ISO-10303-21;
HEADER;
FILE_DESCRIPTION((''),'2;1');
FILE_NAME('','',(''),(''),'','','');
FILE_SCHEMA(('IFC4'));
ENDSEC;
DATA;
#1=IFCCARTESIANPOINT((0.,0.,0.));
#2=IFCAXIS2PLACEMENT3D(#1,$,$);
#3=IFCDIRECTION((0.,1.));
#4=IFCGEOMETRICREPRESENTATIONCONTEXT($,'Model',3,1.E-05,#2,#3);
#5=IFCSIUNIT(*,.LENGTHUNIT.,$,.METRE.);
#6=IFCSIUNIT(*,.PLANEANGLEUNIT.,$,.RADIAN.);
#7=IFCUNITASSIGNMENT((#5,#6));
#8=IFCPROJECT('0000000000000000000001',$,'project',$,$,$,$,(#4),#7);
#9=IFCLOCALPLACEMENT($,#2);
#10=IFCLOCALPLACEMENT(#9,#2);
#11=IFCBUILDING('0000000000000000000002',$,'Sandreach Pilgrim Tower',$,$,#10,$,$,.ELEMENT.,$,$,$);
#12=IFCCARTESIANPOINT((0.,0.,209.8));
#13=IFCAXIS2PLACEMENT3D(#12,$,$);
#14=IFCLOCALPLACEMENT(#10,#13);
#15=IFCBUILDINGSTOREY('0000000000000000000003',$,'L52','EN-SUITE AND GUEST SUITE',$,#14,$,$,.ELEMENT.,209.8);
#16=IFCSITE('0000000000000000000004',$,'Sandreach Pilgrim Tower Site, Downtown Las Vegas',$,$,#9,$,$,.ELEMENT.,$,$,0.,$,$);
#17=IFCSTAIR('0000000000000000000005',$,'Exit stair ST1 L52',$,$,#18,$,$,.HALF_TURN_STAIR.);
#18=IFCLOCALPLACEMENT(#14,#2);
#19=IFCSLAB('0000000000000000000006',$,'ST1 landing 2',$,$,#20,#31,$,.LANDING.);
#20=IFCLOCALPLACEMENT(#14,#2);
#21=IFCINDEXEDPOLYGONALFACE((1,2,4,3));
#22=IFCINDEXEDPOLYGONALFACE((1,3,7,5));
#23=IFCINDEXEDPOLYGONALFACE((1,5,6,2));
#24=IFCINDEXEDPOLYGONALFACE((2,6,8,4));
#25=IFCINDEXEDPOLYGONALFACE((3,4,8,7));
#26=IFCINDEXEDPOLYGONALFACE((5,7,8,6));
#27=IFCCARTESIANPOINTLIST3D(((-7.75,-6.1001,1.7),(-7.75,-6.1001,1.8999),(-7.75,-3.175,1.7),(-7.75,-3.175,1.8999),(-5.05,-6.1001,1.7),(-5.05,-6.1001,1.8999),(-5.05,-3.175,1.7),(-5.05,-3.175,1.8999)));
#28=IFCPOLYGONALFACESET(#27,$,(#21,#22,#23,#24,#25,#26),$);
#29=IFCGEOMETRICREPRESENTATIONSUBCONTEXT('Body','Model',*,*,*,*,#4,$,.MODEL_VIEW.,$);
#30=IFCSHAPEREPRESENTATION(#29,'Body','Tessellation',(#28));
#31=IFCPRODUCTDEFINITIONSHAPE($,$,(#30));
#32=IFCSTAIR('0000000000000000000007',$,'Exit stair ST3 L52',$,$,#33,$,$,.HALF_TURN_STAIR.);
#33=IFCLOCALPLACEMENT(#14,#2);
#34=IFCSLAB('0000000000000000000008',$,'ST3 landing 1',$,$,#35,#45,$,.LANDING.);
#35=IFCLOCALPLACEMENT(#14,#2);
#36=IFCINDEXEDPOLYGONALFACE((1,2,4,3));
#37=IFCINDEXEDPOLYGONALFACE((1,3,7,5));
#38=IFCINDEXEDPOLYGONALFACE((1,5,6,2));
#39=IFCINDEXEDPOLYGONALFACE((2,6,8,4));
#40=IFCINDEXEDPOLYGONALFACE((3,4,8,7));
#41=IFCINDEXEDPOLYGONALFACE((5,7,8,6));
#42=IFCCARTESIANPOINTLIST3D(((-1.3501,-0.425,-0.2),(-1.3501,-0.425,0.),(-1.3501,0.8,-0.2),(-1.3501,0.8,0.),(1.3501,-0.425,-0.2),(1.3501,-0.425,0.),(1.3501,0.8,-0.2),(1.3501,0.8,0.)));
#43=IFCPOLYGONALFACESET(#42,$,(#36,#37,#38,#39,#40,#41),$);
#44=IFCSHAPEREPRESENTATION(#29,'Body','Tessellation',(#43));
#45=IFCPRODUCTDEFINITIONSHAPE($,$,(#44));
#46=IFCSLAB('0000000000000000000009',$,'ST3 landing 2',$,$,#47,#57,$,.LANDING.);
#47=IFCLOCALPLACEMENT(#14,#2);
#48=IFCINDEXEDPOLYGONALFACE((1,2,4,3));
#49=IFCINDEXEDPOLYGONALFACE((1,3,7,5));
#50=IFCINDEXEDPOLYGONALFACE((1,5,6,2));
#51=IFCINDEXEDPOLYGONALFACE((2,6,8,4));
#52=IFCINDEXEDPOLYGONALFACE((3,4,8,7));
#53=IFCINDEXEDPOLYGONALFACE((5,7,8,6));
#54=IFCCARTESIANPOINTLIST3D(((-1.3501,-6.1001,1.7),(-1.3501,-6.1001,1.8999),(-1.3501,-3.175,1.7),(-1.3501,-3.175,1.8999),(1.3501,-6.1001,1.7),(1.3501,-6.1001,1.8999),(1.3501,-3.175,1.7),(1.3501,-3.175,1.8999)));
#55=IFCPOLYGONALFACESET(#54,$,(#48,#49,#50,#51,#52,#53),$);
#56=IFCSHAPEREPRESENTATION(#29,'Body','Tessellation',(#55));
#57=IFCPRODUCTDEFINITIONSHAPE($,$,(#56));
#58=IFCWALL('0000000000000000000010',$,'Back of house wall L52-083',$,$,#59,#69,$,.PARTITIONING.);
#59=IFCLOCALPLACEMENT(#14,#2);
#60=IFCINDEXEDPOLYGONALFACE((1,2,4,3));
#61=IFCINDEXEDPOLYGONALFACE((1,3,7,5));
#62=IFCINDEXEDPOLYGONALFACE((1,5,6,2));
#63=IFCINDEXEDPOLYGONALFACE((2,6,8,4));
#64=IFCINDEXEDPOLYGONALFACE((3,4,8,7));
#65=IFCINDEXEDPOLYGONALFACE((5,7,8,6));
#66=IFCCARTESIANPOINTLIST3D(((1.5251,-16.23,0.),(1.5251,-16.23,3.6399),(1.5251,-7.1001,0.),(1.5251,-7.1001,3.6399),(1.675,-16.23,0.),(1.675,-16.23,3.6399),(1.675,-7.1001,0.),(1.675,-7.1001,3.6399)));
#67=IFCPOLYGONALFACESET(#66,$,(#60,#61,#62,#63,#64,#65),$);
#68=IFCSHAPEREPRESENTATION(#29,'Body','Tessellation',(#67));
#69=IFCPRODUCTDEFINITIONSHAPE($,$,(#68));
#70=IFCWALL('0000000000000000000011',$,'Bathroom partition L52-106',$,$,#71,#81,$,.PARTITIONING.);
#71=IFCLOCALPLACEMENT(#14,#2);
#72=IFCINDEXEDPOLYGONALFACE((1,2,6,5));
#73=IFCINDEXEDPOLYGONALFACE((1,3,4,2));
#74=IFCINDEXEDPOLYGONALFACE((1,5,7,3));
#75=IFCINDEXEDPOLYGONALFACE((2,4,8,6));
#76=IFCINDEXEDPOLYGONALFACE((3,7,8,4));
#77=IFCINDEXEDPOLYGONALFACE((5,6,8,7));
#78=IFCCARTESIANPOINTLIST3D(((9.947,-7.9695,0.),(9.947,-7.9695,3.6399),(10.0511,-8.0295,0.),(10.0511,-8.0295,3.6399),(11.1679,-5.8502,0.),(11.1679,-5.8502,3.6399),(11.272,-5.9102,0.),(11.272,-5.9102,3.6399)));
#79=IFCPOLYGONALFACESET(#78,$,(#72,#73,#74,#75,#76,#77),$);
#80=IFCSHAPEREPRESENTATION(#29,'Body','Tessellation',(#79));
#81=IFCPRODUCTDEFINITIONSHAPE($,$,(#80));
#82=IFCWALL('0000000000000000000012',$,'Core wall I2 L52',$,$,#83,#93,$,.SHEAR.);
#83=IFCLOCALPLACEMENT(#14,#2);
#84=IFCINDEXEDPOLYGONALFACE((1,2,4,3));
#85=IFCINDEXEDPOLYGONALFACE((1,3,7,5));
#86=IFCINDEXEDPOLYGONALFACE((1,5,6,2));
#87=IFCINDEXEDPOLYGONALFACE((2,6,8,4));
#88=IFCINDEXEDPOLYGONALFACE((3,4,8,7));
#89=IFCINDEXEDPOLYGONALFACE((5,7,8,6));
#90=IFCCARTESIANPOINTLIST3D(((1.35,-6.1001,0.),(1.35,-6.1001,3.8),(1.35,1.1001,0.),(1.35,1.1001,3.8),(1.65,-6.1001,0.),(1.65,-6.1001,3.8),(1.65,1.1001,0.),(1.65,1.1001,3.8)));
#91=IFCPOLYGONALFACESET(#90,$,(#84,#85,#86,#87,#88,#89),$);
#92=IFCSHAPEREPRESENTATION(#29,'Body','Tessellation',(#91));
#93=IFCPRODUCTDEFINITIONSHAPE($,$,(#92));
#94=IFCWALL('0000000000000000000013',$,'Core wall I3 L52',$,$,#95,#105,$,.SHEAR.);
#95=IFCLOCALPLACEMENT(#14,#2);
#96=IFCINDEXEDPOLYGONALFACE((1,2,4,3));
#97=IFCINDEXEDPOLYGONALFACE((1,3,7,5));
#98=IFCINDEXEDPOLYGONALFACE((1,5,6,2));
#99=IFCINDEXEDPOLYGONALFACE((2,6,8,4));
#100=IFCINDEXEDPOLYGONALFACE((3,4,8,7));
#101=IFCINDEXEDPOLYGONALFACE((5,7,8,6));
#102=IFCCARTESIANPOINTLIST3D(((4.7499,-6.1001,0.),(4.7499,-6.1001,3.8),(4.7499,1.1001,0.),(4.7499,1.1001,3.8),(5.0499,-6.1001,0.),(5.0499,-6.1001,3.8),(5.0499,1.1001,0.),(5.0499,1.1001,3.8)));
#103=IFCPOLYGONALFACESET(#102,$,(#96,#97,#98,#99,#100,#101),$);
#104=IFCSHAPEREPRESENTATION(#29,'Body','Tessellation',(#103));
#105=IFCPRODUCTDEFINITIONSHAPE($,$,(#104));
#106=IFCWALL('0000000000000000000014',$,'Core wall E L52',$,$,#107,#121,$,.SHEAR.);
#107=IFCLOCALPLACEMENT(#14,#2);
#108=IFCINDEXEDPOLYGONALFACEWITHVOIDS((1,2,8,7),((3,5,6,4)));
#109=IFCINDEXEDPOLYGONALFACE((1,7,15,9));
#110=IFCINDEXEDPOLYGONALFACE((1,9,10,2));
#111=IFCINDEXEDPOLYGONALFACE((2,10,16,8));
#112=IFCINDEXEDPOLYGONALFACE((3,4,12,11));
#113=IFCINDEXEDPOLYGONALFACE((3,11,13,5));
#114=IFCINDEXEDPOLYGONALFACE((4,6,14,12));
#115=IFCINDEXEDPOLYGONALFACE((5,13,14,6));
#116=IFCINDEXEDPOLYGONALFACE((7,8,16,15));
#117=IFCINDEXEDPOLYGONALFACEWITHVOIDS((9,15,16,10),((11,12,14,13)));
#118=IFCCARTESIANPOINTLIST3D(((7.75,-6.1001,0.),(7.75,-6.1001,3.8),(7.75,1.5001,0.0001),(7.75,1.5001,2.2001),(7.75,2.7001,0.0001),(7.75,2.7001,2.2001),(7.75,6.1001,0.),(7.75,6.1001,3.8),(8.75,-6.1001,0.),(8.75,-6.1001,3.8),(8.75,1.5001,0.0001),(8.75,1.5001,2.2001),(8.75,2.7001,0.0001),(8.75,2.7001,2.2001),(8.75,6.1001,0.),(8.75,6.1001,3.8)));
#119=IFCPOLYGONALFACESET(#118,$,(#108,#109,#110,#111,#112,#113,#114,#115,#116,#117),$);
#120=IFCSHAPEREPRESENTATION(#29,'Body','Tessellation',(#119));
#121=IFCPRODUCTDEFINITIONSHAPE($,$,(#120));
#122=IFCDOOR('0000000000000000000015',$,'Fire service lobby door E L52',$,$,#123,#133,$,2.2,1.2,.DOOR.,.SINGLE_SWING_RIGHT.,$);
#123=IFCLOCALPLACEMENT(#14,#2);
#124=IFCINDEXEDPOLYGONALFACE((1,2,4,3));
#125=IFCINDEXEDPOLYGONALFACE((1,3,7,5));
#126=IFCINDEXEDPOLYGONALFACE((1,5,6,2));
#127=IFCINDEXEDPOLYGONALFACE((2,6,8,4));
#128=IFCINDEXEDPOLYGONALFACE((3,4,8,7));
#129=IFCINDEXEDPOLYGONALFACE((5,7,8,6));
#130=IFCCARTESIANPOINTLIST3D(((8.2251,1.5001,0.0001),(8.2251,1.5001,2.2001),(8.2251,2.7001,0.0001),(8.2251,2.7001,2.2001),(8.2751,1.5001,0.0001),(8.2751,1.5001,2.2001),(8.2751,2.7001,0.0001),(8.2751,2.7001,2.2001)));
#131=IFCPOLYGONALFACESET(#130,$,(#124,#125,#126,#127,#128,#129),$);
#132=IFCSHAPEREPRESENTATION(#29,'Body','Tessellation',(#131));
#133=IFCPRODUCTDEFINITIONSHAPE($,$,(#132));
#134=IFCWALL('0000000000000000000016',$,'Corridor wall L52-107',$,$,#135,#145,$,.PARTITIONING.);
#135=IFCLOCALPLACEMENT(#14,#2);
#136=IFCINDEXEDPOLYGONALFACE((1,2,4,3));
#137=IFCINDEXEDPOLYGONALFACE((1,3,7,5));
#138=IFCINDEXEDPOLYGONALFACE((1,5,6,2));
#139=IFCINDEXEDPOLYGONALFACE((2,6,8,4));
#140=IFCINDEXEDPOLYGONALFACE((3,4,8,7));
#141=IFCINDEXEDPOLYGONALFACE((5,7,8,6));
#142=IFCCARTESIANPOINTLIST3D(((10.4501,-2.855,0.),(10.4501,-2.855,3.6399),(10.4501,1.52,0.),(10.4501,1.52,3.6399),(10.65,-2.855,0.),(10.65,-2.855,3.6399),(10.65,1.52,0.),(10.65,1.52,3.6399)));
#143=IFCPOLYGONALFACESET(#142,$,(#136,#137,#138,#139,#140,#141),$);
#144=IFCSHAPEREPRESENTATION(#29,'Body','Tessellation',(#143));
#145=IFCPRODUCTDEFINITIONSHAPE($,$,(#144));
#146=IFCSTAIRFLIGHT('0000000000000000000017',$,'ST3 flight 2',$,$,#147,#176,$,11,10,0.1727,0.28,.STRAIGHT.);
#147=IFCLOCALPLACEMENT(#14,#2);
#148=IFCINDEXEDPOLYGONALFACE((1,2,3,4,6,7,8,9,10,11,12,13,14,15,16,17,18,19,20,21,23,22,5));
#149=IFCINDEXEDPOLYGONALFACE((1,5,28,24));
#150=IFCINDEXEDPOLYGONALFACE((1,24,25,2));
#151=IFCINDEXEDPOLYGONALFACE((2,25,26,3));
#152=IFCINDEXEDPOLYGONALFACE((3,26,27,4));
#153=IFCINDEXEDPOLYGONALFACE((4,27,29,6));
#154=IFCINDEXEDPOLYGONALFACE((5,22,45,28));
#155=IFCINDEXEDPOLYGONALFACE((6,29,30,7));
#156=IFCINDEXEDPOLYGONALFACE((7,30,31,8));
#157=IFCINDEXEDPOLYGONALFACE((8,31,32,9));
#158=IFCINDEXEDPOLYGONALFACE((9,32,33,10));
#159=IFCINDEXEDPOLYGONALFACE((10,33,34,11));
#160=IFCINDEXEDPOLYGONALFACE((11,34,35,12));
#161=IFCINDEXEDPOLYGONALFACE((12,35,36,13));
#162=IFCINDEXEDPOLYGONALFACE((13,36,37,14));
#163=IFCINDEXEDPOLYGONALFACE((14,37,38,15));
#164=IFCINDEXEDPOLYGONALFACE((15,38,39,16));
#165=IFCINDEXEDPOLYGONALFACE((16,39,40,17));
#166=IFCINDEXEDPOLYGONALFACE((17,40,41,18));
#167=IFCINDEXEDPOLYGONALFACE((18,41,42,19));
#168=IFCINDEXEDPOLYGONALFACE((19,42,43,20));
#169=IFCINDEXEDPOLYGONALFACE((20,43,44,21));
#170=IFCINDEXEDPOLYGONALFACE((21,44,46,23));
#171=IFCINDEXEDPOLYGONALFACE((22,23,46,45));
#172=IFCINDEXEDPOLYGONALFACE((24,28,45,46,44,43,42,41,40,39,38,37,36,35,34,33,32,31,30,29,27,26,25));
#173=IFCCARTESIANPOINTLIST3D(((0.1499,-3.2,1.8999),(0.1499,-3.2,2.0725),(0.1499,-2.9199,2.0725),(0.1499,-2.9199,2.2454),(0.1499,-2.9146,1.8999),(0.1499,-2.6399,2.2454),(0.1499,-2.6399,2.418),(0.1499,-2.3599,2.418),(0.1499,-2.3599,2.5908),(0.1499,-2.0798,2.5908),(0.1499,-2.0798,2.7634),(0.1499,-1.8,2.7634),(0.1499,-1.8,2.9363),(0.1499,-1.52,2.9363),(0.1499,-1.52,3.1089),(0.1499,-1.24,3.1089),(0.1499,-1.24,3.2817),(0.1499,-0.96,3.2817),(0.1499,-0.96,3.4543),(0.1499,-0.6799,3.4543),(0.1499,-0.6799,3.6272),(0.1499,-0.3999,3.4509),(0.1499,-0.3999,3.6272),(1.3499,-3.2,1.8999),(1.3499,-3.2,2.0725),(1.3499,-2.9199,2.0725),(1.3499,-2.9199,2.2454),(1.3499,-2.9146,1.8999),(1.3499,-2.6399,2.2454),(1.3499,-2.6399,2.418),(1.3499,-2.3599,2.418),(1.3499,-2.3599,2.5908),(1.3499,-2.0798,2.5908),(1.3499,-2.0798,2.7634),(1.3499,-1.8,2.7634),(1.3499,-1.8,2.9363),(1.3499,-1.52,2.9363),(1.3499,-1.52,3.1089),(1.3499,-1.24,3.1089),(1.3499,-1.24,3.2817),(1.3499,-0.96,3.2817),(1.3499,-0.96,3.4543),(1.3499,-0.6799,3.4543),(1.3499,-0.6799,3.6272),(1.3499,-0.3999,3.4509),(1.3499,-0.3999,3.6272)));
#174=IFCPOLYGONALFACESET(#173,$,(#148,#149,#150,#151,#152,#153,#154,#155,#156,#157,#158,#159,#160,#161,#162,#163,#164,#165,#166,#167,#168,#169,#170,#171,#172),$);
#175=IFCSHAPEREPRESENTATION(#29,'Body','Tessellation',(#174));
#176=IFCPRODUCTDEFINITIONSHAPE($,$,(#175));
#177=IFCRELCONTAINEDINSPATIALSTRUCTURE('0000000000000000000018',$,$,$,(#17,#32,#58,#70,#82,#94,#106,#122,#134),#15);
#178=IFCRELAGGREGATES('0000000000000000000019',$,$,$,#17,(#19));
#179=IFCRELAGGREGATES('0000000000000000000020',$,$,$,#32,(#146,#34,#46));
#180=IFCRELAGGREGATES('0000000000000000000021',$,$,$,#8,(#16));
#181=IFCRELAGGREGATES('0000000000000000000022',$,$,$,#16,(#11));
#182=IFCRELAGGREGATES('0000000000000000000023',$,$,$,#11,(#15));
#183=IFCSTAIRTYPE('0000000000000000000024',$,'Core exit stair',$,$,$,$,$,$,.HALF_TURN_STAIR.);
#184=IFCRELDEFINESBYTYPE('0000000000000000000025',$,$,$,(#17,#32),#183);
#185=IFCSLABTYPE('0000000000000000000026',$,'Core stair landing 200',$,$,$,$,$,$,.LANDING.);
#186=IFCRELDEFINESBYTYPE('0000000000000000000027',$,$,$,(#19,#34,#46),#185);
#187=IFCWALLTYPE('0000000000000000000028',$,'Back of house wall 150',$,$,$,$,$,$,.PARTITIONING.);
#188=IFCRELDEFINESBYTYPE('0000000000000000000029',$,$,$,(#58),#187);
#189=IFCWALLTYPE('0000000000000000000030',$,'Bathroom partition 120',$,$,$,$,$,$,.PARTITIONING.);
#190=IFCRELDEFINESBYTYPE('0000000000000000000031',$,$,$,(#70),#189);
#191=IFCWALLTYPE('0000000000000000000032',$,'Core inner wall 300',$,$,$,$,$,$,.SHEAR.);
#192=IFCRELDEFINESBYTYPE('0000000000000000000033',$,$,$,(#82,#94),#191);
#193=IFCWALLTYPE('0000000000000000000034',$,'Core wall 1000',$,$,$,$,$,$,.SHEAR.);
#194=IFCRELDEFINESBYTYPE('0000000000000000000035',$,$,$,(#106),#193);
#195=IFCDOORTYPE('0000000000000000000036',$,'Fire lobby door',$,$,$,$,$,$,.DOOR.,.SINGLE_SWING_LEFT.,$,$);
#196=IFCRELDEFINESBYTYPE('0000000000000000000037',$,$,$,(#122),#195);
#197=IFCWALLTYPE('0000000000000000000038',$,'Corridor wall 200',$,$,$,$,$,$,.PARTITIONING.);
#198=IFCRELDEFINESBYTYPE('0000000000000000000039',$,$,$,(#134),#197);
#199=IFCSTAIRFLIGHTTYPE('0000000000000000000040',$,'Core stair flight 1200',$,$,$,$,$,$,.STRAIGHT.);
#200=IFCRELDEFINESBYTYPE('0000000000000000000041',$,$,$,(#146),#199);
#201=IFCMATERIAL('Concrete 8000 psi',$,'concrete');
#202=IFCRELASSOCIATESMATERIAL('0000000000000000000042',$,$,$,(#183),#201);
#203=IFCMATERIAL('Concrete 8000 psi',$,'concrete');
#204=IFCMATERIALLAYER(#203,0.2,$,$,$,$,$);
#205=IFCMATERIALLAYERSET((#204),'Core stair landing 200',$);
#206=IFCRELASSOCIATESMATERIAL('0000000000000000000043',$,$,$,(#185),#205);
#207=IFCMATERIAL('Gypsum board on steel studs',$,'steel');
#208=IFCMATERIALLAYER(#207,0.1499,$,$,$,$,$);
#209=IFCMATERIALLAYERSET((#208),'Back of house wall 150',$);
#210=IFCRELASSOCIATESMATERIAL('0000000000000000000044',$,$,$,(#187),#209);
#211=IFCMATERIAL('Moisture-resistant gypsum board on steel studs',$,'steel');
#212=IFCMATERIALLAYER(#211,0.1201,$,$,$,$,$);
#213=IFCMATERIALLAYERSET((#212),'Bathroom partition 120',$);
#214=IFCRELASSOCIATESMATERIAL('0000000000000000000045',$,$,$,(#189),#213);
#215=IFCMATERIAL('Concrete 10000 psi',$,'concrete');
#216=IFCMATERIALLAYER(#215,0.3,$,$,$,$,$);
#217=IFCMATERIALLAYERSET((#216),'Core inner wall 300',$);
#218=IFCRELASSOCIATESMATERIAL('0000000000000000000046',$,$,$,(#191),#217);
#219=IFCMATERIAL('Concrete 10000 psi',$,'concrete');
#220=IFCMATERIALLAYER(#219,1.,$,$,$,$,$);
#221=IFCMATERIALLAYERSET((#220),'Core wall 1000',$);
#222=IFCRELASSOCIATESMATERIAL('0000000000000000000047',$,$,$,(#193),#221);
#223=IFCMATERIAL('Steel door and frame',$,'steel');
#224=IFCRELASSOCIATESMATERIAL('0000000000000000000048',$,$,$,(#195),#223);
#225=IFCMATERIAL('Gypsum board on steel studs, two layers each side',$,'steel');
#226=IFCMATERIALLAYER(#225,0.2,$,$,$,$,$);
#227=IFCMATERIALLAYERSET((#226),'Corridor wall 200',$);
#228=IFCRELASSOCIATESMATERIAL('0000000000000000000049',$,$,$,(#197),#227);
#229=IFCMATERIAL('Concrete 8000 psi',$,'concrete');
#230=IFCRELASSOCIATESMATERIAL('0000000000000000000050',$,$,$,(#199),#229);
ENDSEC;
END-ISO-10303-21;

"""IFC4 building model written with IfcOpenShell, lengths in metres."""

from ifc_helpers import new_model, si_unit, direction, frame, frame_2d, origin, place, context, subcontext, project, spatial, polyline, rectangle, outline, extrude, material, layer, layer_set, type_object, element, fill, aggregate, save


model = new_model("IFC4")

# Units and contexts
model_context = context("Model", 3, precision=1e-05, world=origin(), true_north=direction((0.0, 1.0)))
body_context = subcontext(model_context, "Body", "Model", "MODEL_VIEW")
ifc_project = project(units=[si_unit("LENGTHUNIT", "METRE"), si_unit("PLANEANGLEUNIT", "RADIAN")], contexts=[model_context])

# Site, building, storey
site_placement = place(None, origin())
site = spatial("IfcSite", under=ifc_project, at=site_placement, Name="Sandreach Pilgrim Tower Site, Downtown Las Vegas", CompositionType="ELEMENT", RefElevation=0.0)
building_placement = place(site_placement, origin())
building = spatial("IfcBuilding", under=site, at=building_placement, Name="Sandreach Pilgrim Tower", CompositionType="ELEMENT")
storey_placement = place(building_placement, frame((0.0, 0.0, 209.8)))
storey = spatial("IfcBuildingStorey", under=building, at=storey_placement, Name="L52", Description="EN-SUITE AND GUEST SUITE", CompositionType="ELEMENT", Elevation=209.8)

# Stairs, slabs
ifc_material_1 = material(Name="Concrete 8000 psi", Category="concrete")
stair_type = type_object("IfcStairType", Name="Core exit stair", PredefinedType="HALF_TURN_STAIR", material=ifc_material_1)
stair_1_placement = place(storey_placement, origin())
stair_1 = element("IfcStair", 1, at=stair_1_placement, inside=storey, type_object=stair_type, Name="Exit stair ST1 L52", PredefinedType="HALF_TURN_STAIR")
ifc_material_2 = material(Name="Concrete 8000 psi", Category="concrete")
ifc_layer_1 = layer(ifc_material_2, 0.2)
ifc_layer_set_1 = layer_set([ifc_layer_1], Name="Core stair landing 200")
slab_type_1 = type_object("IfcSlabType", Name="Core stair landing 200", PredefinedType="LANDING", material=ifc_layer_set_1)
slab_1_placement = place(storey_placement, frame((0.0, 0.0, 1.7)))
slab_1 = element("IfcSlab", 2, at=slab_1_placement, type_object=slab_type_1, Name="ST1 landing 2", PredefinedType="LANDING", context=body_context, shape_type="SweptSolid", body=[
    extrude(outline(polyline([(-7.75, -6.1001), (-5.05, -6.1001), (-5.05, -3.175), (-7.75, -3.175), (-7.75, -6.1001)])), origin(), (0.0, 0.0, 1.0), 0.2),
])
aggregate(stair_1, [slab_1])
stair_2_placement = place(storey_placement, origin())
stair_2 = element("IfcStair", 3, at=stair_2_placement, inside=storey, type_object=stair_type, Name="Exit stair ST3 L52", PredefinedType="HALF_TURN_STAIR")
slab_2_placement = place(storey_placement, frame((0.0, 0.0, -0.2)))
slab_2 = element("IfcSlab", 4, at=slab_2_placement, type_object=slab_type_1, Name="ST3 landing 1", PredefinedType="LANDING", context=body_context, shape_type="SweptSolid", body=[
    extrude(outline(polyline([(-1.3501, -0.425), (1.3501, -0.425), (1.3501, 0.8), (-1.3501, 0.8), (-1.3501, -0.425)])), origin(), (0.0, 0.0, 1.0), 0.2),
])
slab_3_placement = place(storey_placement, frame((0.0, 0.0, 1.7)))
slab_3 = element("IfcSlab", 5, at=slab_3_placement, type_object=slab_type_1, Name="ST3 landing 2", PredefinedType="LANDING", context=body_context, shape_type="SweptSolid", body=[
    extrude(outline(polyline([(-1.3501, -6.1001), (1.3501, -6.1001), (1.3501, -3.175), (-1.3501, -3.175), (-1.3501, -6.1001)])), origin(), (0.0, 0.0, 1.0), 0.2),
])

# Walls
ifc_material_3 = material(Name="Gypsum board on steel studs", Category="steel")
ifc_layer_2 = layer(ifc_material_3, 0.1499)
ifc_layer_set_2 = layer_set([ifc_layer_2], Name="Back of house wall 150")
wall_type_1 = type_object("IfcWallType", Name="Back of house wall 150", PredefinedType="PARTITIONING", material=ifc_layer_set_2)
wall_1_placement = place(storey_placement, frame((1.6001, -7.1001, 0.0), z_axis=(0.0, 0.0, 1.0), x_axis=(0.0, -1.0, 0.0)))
element("IfcWall", 6, at=wall_1_placement, inside=storey, type_object=wall_type_1, Name="Back of house wall L52-083", PredefinedType="PARTITIONING", context=body_context, shape_type="SweptSolid", body=[
    extrude(rectangle(XDim=9.1299, YDim=0.1499, at=frame_2d((4.5649, 0.0))), origin(), (0.0, 0.0, 1.0), 3.6399),
])
ifc_material_4 = material(Name="Moisture-resistant gypsum board on steel studs", Category="steel")
ifc_layer_3 = layer(ifc_material_4, 0.1201)
ifc_layer_set_3 = layer_set([ifc_layer_3], Name="Bathroom partition 120")
wall_type_2 = type_object("IfcWallType", Name="Bathroom partition 120", PredefinedType="PARTITIONING", material=ifc_layer_set_3)
wall_2_placement = place(storey_placement, frame((9.999, -7.9995, 0.0), z_axis=(0.0, 0.0, 1.0), x_axis=(0.499178, 0.866499, 0.0)))
element("IfcWall", 7, at=wall_2_placement, inside=storey, type_object=wall_type_2, Name="Bathroom partition L52-106", PredefinedType="PARTITIONING", context=body_context, shape_type="SweptSolid", body=[
    extrude(rectangle(XDim=2.4458, YDim=0.1201, at=frame_2d((1.2229, 0.0))), origin(), (0.0, 0.0, 1.0), 3.6399),
])
ifc_material_5 = material(Name="Concrete 10000 psi", Category="concrete")
ifc_layer_4 = layer(ifc_material_5, 0.3)
ifc_layer_set_4 = layer_set([ifc_layer_4], Name="Core inner wall 300")
wall_type_3 = type_object("IfcWallType", Name="Core inner wall 300", PredefinedType="SHEAR", material=ifc_layer_set_4)
for number, where, z_axis, x_axis, name in (
    (8, (1.5, -6.1001, 0.0), (0.0, 0.0, 1.0), (0.0, 1.0, 0.0), "Core wall I2 L52"),
    (9, (4.8999, -6.1001, 0.0), (0.0, 0.0, 1.0), (0.0, 1.0, 0.0), "Core wall I3 L52"),
):
    element("IfcWall", number, at=place(storey_placement, frame(where, z_axis=z_axis, x_axis=x_axis)), inside=storey, type_object=wall_type_3, Name=name, PredefinedType="SHEAR", context=body_context, shape_type="SweptSolid", body=[
        extrude(rectangle(XDim=7.2002, YDim=0.3, at=frame_2d((3.6001, 0.0))), origin(), (0.0, 0.0, 1.0), 3.8),
    ])

# Wall, opening, door
ifc_material_6 = material(Name="Concrete 10000 psi", Category="concrete")
ifc_layer_5 = layer(ifc_material_6, 1.0)
ifc_layer_set_5 = layer_set([ifc_layer_5], Name="Core wall 1000")
wall_type_4 = type_object("IfcWallType", Name="Core wall 1000", PredefinedType="SHEAR", material=ifc_layer_set_5)
wall_3_placement = place(storey_placement, frame((8.25, -6.1001, 0.0), z_axis=(0.0, 0.0, 1.0), x_axis=(0.0, 1.0, 0.0)))
wall_3 = element("IfcWall", 10, at=wall_3_placement, inside=storey, type_object=wall_type_4, Name="Core wall E L52", PredefinedType="SHEAR", context=body_context, shape_type="SweptSolid", body=[
    extrude(rectangle(XDim=12.2002, YDim=1.0, at=frame_2d((6.1001, 0.0))), origin(), (0.0, 0.0, 1.0), 3.8),
])
opening_1_placement = place(wall_3_placement, frame((7.6001, 0.0, 0.0)))
opening_1 = element("IfcOpeningElement", 11, at=opening_1_placement, cuts=wall_3, PredefinedType="OPENING", context=body_context, shape_type="SweptSolid", body=[
    extrude(rectangle(XDim=1.2, YDim=2.2, at=frame_2d((0.6001, 1.1001))), frame((0.0, 0.5, 0.0), z_axis=(0.0, -1.0, 0.0), x_axis=(1.0, 0.0, 0.0)), (0.0, 0.0, 1.0), 1.0),
])
ifc_material_7 = material(Name="Steel door and frame", Category="steel")
door_type_1 = type_object("IfcDoorType", Name="Fire lobby door", OperationType="SINGLE_SWING_LEFT", PredefinedType="DOOR", material=ifc_material_7)
door_1_placement = place(opening_1_placement, origin())
door_1 = element("IfcDoor", 12, at=door_1_placement, inside=storey, type_object=door_type_1, Name="Fire service lobby door E L52", OperationType="SINGLE_SWING_RIGHT", OverallHeight=2.2, OverallWidth=1.2, PredefinedType="DOOR", context=body_context, shape_type="SweptSolid", body=[
    extrude(rectangle(XDim=1.2, YDim=2.2, at=frame_2d((0.6001, 1.1001))), frame((0.0, 0.0249, 0.0), z_axis=(0.0, -1.0, 0.0), x_axis=(1.0, 0.0, 0.0)), (0.0, 0.0, 1.0), 0.05),
])
fill(opening_1, door_1)
ifc_material_8 = material(Name="Gypsum board on steel studs, two layers each side", Category="steel")
ifc_layer_6 = layer(ifc_material_8, 0.2)
ifc_layer_set_6 = layer_set([ifc_layer_6], Name="Corridor wall 200")
wall_type_5 = type_object("IfcWallType", Name="Corridor wall 200", PredefinedType="PARTITIONING", material=ifc_layer_set_6)

# Wall
wall_4_placement = place(storey_placement, frame((10.55, -2.855, 0.0), z_axis=(0.0, 0.0, 1.0), x_axis=(0.0, 1.0, 0.0)))
element("IfcWall", 13, at=wall_4_placement, inside=storey, type_object=wall_type_5, Name="Corridor wall L52-107", PredefinedType="PARTITIONING", context=body_context, shape_type="SweptSolid", body=[
    extrude(rectangle(XDim=4.375, YDim=0.2, at=frame_2d((2.1875, 0.0))), origin(), (0.0, 0.0, 1.0), 3.6399),
])

# Stair flight
ifc_material_9 = material(Name="Concrete 8000 psi", Category="concrete")
stair_flight_type = type_object("IfcStairFlightType", Name="Core stair flight 1200", PredefinedType="STRAIGHT", material=ifc_material_9)
stair_flight_1_placement = place(storey_placement, frame((0.75, -3.2, 1.8999), z_axis=(0.0, 0.0, 1.0), x_axis=(0.0, 1.0, 0.0)))
stair_flight_1 = element("IfcStairFlight", 14, at=stair_flight_1_placement, type_object=stair_flight_type, Name="ST3 flight 2", NumberOfRisers=11, NumberOfTreads=10, PredefinedType="STRAIGHT", RiserHeight=0.1727, TreadLength=0.28, context=body_context, shape_type="SweptSolid", body=[
    extrude(outline(polyline([(0.0, 0.0), (0.0, 0.1726), (0.28, 0.1726), (0.28, 0.3455), (0.5601, 0.3455), (0.5601, 0.5181), (0.8401, 0.5181), (0.8401, 0.6909), (1.1201, 0.6909), (1.1201, 0.8635), (1.3999, 0.8635), (1.3999, 1.0364), (1.6799, 1.0364), (1.6799, 1.209), (1.96, 1.209), (1.96, 1.3818), (2.24, 1.3818), (2.24, 1.5544), (2.52, 1.5544), (2.52, 1.7273), (2.8, 1.7273), (2.8, 1.8999), (2.8, 1.551), (0.2854, 0.0), (0.0, 0.0)])), frame((0.0, 0.6001, 0.0), z_axis=(0.0, -1.0, 0.0), x_axis=(1.0, 0.0, 0.0)), (0.0, 0.0, 1.0), 1.2),
])
aggregate(stair_2, [stair_flight_1, slab_2, slab_3])

save(model, "model.ifc")
